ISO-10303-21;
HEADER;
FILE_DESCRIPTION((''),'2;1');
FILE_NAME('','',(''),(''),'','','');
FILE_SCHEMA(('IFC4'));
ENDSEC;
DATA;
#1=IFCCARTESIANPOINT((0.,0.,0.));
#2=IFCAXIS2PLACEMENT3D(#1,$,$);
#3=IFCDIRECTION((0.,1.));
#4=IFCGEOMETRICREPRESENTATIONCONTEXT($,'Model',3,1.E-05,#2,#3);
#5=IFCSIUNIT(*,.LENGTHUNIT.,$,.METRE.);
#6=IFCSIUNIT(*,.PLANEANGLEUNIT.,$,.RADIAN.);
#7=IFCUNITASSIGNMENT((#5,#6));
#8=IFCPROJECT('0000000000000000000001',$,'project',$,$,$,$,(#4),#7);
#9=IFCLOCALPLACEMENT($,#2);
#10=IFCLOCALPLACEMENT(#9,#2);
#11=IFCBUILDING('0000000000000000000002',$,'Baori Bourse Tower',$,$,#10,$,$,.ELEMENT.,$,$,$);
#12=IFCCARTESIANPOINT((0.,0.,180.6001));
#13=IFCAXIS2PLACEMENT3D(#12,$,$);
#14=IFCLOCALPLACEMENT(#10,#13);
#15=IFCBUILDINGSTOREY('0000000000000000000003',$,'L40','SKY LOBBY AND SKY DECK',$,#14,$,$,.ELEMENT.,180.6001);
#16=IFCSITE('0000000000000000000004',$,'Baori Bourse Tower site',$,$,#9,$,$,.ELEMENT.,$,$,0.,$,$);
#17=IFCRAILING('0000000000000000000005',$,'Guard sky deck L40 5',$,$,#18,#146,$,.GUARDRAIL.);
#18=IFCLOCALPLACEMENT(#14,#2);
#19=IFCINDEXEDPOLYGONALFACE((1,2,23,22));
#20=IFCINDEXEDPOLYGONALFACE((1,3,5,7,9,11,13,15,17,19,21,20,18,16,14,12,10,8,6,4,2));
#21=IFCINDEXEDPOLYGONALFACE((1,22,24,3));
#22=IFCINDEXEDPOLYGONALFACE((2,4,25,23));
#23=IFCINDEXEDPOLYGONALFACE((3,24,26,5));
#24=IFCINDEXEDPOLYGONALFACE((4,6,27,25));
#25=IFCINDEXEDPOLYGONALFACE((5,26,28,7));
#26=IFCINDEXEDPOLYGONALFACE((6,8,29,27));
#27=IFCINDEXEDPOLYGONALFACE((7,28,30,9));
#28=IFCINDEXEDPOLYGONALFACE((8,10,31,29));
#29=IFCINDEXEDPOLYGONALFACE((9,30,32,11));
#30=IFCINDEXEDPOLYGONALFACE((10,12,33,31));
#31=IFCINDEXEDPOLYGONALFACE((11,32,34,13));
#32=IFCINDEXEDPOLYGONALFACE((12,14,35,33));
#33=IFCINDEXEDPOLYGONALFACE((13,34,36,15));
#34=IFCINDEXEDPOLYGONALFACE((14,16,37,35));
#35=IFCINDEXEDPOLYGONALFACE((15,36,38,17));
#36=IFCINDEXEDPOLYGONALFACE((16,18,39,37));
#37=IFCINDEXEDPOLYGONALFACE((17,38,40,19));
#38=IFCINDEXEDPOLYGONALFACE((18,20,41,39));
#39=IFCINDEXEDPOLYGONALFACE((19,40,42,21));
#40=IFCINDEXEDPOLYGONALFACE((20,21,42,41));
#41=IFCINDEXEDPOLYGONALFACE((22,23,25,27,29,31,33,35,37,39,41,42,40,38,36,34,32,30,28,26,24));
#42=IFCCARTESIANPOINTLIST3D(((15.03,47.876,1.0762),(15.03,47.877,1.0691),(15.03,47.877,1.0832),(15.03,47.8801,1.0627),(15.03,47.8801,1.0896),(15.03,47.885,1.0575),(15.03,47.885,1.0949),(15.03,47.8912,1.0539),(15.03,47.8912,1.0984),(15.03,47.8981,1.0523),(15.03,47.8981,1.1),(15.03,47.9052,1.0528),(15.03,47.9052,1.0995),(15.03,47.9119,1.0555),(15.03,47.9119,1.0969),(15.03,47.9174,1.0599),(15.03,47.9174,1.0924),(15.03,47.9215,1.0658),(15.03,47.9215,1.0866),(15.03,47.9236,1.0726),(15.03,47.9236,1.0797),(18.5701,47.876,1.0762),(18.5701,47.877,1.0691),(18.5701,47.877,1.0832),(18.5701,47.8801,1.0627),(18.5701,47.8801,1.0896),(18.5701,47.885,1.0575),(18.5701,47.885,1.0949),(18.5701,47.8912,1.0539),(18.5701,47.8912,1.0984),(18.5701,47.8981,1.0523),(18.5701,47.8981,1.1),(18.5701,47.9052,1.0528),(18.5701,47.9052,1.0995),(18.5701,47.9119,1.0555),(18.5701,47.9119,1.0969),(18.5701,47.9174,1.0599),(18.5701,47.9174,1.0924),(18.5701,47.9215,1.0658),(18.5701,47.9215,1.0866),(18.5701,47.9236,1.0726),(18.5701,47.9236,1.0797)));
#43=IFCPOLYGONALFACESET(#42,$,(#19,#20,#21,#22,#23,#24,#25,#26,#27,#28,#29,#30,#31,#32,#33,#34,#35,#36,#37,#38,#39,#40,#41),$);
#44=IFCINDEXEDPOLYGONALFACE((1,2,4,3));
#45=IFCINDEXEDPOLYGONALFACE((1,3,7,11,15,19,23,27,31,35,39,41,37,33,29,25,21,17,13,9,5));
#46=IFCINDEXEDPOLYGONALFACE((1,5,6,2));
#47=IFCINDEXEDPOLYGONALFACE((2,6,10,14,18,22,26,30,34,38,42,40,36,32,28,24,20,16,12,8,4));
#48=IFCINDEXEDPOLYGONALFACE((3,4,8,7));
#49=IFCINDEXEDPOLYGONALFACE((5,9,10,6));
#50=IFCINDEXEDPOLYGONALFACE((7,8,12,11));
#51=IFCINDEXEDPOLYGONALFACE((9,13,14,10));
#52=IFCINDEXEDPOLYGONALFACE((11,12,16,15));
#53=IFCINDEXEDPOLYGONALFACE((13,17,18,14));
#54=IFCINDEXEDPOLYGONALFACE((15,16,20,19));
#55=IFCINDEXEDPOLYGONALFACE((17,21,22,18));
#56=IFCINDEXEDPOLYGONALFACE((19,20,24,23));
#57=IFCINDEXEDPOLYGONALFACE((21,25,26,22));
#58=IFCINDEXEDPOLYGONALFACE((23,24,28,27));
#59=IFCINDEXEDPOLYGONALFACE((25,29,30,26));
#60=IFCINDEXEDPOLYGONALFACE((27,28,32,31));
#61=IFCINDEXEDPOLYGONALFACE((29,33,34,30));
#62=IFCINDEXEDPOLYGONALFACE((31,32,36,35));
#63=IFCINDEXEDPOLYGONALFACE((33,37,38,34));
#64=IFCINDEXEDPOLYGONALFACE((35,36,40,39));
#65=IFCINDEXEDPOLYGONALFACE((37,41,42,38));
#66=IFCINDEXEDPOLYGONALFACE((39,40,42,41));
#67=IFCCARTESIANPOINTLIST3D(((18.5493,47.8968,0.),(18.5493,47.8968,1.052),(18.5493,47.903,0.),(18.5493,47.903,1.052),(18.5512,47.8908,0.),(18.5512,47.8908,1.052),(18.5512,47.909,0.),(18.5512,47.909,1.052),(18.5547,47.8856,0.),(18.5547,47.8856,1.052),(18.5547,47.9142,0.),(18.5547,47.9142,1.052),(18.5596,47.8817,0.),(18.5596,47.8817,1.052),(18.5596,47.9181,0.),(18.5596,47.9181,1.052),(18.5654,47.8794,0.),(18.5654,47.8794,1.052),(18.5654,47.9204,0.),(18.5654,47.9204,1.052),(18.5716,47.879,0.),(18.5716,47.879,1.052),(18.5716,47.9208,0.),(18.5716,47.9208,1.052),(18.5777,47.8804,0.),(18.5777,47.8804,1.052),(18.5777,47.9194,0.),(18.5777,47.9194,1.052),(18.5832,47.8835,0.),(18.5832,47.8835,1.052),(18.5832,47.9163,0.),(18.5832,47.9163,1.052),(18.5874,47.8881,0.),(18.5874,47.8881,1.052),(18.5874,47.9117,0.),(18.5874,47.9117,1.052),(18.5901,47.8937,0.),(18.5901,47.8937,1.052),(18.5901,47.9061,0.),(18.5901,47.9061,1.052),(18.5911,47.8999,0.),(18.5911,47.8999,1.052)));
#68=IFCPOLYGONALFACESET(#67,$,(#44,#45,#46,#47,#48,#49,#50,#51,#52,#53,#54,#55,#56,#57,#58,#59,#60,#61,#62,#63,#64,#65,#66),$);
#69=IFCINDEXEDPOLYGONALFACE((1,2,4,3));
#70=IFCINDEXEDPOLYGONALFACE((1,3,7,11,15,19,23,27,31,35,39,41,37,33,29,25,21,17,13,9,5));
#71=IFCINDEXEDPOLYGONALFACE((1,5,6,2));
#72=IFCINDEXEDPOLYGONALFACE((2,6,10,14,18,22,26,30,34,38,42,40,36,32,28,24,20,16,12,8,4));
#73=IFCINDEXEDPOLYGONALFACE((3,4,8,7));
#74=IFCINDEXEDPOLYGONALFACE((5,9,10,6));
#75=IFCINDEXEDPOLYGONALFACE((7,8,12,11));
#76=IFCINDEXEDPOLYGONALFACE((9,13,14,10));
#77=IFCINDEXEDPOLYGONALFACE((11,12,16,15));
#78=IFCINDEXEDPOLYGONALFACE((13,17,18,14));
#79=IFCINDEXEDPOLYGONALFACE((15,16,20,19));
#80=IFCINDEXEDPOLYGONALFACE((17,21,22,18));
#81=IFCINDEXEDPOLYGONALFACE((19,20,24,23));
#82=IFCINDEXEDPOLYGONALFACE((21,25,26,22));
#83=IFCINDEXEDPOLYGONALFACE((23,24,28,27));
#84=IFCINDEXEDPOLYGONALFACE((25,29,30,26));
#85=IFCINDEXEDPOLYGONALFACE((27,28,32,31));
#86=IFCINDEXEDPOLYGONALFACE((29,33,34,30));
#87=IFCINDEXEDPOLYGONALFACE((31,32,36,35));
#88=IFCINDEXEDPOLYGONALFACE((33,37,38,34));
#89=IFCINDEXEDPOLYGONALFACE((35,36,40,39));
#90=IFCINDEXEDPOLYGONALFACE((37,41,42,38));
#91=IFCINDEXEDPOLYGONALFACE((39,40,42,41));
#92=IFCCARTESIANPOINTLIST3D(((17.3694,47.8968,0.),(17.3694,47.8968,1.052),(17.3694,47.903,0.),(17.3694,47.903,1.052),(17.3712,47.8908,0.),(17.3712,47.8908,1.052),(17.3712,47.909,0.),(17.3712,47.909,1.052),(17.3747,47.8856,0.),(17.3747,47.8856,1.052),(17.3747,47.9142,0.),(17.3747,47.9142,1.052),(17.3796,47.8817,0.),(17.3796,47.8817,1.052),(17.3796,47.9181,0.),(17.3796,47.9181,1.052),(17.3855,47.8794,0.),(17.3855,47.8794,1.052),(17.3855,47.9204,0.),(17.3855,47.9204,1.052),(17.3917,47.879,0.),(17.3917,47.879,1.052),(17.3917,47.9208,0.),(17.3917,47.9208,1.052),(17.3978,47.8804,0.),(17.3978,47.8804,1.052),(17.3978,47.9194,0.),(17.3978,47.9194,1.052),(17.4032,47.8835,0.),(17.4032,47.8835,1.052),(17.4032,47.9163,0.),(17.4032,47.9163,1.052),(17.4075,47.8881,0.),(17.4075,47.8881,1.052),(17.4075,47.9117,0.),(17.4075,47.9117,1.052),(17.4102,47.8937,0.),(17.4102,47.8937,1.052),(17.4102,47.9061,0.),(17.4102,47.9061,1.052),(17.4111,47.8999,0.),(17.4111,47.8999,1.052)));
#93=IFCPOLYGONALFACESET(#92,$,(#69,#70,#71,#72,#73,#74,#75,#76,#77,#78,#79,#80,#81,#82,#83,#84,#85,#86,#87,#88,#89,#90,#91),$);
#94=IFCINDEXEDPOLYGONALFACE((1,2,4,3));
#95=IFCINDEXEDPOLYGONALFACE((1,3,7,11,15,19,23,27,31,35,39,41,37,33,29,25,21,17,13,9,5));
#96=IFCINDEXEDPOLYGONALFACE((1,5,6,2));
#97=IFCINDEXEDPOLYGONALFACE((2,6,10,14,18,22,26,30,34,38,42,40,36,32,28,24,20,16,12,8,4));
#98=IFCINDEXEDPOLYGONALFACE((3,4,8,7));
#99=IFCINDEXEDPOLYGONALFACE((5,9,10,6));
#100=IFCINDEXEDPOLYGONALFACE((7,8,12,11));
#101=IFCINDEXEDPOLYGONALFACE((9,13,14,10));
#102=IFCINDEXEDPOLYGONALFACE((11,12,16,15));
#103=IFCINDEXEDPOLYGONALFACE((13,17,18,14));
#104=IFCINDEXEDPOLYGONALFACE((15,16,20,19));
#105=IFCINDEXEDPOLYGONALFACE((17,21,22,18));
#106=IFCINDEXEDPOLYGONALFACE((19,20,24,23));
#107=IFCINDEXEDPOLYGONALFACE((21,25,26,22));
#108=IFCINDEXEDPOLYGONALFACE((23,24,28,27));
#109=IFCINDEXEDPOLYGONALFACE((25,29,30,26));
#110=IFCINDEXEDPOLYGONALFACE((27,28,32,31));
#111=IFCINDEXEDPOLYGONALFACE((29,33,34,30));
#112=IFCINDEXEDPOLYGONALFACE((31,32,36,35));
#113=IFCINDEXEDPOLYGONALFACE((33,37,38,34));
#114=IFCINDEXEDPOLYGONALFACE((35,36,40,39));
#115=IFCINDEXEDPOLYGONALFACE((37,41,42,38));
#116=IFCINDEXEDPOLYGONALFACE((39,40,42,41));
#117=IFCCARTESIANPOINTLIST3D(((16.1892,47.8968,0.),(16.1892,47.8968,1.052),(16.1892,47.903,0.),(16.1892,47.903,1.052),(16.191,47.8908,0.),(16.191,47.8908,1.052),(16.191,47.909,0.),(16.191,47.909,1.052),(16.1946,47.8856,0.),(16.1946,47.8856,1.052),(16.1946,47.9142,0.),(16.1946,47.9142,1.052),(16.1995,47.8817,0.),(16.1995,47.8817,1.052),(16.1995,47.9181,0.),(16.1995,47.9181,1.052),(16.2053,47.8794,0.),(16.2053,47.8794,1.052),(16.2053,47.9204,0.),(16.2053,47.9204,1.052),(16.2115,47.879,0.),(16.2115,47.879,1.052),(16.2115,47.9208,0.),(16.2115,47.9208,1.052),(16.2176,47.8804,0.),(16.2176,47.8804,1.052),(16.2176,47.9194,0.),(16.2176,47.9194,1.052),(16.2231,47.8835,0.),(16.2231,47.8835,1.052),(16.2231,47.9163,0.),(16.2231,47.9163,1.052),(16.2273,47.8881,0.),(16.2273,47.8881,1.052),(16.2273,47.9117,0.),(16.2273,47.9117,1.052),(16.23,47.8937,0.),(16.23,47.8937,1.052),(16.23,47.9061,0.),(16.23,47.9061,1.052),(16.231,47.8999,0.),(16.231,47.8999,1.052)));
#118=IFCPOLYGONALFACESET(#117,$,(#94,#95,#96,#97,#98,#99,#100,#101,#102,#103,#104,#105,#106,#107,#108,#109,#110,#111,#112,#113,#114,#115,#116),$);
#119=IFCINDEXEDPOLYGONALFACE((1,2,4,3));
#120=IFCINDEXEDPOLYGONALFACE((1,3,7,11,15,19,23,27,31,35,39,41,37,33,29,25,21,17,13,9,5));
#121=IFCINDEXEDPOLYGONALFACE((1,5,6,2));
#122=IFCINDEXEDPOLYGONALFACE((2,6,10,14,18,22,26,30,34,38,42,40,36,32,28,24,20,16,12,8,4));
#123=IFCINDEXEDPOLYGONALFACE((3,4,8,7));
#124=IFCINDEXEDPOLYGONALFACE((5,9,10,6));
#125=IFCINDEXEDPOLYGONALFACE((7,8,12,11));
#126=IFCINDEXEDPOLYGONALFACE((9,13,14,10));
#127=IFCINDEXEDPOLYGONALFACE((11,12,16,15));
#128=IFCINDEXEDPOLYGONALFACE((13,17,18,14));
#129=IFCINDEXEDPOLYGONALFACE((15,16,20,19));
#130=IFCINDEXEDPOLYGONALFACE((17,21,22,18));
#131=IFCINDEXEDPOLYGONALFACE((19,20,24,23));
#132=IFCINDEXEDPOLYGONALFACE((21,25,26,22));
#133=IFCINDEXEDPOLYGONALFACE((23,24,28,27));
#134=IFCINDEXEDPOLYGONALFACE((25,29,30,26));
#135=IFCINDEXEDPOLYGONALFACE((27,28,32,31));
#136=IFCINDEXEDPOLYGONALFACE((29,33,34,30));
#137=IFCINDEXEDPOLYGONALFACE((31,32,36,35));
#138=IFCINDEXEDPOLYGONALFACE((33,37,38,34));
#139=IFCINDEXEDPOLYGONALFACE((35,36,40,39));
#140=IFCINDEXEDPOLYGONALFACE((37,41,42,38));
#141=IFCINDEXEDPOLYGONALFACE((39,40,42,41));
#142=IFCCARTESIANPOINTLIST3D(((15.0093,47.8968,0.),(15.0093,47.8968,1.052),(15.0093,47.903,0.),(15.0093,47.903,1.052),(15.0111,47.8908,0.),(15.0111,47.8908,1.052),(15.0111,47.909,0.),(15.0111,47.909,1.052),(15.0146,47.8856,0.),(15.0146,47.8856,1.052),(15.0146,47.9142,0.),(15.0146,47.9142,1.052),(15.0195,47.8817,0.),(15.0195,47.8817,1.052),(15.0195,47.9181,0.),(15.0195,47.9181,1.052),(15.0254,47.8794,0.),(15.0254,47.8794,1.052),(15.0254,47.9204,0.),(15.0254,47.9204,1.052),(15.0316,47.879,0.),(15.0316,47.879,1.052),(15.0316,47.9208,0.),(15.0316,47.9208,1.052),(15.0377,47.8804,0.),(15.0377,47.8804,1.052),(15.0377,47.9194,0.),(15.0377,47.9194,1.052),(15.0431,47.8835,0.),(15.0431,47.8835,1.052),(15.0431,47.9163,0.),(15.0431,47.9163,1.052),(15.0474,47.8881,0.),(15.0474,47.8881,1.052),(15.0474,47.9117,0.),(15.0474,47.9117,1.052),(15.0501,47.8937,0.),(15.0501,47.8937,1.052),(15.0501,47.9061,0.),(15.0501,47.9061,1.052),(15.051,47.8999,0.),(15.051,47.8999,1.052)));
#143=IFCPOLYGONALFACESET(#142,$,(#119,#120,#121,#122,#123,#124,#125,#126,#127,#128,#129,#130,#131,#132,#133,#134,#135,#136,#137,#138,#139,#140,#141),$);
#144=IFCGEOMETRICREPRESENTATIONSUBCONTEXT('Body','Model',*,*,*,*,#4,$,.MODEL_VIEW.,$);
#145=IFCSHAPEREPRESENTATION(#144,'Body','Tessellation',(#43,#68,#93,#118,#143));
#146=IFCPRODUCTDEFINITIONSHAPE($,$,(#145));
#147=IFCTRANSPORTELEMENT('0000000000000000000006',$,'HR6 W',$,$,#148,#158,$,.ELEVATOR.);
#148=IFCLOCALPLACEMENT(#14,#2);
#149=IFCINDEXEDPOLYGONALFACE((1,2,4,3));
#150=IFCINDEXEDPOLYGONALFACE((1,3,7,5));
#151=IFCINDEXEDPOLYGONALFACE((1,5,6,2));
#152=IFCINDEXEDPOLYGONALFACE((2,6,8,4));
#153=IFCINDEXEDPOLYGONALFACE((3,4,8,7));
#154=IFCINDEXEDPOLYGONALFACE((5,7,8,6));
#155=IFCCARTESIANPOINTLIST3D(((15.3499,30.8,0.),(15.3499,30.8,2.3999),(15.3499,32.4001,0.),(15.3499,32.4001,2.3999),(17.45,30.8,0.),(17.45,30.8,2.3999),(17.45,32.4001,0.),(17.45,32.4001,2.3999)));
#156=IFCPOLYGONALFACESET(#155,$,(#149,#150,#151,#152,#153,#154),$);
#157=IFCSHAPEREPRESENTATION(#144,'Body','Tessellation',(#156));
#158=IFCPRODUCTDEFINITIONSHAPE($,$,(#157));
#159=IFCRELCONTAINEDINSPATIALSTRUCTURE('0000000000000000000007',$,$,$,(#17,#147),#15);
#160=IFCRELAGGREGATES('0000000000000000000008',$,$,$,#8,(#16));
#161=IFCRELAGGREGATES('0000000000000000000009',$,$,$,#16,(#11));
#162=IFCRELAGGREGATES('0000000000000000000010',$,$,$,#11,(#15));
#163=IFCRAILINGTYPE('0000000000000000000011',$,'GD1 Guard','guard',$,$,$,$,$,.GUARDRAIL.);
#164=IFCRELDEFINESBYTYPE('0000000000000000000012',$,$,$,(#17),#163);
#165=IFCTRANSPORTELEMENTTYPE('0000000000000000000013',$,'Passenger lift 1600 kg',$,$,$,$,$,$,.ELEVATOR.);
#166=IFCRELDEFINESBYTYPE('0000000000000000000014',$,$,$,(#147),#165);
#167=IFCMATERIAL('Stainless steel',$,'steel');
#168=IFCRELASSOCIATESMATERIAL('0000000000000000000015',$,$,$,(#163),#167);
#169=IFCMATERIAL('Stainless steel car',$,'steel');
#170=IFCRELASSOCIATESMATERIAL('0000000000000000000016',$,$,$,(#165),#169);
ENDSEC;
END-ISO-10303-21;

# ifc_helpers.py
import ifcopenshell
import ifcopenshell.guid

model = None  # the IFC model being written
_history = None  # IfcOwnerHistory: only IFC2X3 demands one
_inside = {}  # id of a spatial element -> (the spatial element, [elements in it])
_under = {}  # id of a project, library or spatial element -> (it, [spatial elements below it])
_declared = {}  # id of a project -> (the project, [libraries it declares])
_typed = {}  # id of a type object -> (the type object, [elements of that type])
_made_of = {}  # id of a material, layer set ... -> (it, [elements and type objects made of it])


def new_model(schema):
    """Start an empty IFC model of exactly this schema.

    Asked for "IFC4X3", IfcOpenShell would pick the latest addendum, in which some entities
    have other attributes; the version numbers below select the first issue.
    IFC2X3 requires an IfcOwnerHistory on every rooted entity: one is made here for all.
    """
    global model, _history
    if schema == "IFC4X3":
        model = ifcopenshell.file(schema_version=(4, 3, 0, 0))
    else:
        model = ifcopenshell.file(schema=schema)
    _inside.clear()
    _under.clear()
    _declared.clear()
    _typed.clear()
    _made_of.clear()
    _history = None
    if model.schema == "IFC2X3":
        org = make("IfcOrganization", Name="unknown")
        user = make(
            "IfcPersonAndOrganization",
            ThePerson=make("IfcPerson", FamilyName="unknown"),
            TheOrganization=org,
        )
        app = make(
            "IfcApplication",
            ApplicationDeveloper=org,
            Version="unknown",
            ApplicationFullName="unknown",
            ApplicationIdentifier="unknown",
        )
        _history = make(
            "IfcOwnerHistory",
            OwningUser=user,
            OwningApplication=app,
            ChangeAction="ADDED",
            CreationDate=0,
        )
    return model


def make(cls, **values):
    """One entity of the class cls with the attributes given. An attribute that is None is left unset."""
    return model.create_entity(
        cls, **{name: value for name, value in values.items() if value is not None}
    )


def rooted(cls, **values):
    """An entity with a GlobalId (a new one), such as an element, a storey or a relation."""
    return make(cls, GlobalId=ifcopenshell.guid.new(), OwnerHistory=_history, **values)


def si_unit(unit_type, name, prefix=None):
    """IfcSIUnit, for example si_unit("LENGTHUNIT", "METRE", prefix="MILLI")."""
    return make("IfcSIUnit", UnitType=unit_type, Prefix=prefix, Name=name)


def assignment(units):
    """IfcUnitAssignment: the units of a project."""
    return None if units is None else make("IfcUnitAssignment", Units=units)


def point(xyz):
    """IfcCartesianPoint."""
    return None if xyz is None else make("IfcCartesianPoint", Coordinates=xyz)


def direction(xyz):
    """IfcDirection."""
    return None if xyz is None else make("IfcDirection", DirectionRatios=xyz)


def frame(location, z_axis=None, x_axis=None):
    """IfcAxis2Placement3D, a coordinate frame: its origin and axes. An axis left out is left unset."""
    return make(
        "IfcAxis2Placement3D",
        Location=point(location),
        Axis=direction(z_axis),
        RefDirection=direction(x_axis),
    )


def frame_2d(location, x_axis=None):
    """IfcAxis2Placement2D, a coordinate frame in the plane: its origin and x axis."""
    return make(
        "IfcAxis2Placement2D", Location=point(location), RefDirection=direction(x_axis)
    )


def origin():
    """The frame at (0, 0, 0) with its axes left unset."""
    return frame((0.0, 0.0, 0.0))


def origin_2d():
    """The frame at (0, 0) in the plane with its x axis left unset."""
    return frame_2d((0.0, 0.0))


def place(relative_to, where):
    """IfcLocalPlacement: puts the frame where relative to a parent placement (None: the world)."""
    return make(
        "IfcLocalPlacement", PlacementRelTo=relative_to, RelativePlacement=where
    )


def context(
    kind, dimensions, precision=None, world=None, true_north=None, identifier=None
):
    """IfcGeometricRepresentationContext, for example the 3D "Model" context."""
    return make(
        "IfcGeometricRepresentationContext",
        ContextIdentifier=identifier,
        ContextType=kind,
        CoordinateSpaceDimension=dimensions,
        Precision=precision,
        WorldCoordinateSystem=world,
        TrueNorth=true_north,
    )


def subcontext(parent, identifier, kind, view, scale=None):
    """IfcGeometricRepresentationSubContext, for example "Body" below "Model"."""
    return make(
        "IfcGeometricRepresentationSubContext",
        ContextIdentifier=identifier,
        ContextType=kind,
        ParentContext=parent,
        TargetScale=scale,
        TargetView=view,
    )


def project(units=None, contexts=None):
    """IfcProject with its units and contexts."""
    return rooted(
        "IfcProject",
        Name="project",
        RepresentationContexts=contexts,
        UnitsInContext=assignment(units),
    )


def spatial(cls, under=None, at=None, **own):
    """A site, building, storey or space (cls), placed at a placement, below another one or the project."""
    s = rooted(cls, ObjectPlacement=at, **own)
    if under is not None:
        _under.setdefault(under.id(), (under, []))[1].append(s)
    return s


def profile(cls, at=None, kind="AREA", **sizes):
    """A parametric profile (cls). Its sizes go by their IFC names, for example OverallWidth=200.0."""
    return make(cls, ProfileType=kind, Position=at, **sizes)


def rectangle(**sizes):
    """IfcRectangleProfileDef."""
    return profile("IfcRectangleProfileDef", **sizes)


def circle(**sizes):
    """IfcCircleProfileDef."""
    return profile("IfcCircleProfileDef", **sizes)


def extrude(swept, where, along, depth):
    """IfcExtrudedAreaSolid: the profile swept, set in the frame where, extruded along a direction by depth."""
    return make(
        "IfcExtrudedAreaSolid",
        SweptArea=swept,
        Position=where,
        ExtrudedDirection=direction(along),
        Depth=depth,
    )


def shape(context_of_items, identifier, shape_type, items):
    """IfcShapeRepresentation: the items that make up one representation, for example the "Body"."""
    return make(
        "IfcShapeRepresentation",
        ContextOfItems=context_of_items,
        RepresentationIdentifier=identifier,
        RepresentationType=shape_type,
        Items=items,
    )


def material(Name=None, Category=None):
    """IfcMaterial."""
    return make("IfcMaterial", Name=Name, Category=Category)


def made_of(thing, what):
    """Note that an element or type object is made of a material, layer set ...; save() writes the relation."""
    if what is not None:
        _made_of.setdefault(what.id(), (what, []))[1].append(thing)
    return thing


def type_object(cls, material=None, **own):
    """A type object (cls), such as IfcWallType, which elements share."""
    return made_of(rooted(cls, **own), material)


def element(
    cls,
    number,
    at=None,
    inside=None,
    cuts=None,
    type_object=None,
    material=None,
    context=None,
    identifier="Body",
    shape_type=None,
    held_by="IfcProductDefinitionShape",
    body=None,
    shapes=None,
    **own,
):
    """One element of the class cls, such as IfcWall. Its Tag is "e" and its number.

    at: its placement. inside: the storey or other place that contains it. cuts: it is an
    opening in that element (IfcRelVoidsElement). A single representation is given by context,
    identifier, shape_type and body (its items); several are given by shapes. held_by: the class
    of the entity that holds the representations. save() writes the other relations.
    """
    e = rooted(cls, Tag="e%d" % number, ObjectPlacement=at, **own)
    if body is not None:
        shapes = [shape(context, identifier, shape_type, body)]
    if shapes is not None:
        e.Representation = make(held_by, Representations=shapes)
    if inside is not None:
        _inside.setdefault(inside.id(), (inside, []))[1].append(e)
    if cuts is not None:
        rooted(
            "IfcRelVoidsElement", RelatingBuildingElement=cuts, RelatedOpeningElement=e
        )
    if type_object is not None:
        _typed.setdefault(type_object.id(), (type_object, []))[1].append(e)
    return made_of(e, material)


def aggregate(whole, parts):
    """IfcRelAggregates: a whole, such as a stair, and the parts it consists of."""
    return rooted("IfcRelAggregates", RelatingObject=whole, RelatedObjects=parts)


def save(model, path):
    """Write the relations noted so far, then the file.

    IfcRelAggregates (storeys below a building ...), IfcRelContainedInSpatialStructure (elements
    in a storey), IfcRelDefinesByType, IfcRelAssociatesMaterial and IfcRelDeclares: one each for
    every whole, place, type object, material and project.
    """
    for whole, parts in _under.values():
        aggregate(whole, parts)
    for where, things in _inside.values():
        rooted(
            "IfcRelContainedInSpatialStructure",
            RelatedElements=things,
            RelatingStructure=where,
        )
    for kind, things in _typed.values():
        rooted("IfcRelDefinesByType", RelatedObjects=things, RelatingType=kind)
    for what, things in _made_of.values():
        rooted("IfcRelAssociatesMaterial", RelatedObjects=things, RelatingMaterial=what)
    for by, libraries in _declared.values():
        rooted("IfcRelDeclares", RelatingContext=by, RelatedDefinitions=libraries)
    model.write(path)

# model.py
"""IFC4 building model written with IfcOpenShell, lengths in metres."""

from ifc_helpers import new_model, si_unit, direction, frame, origin, origin_2d, place, context, subcontext, project, spatial, rectangle, circle, extrude, material, type_object, element, save


model = new_model("IFC4")

# Units and contexts
model_context = context("Model", 3, precision=1e-05, world=origin(), true_north=direction((0.0, 1.0)))
body_context = subcontext(model_context, "Body", "Model", "MODEL_VIEW")
ifc_project = project(units=[si_unit("LENGTHUNIT", "METRE"), si_unit("PLANEANGLEUNIT", "RADIAN")], contexts=[model_context])

# Site, building, storey
site_placement = place(None, origin())
site = spatial("IfcSite", under=ifc_project, at=site_placement, Name="Baori Bourse Tower site", CompositionType="ELEMENT", RefElevation=0.0)
building_placement = place(site_placement, origin())
building = spatial("IfcBuilding", under=site, at=building_placement, Name="Baori Bourse Tower", CompositionType="ELEMENT")
storey_placement = place(building_placement, frame((0.0, 0.0, 180.6001)))
storey = spatial("IfcBuildingStorey", under=building, at=storey_placement, Name="L40", Description="SKY LOBBY AND SKY DECK", CompositionType="ELEMENT", Elevation=180.6001)

# Railing
ifc_material_1 = material(Name="Stainless steel", Category="steel")
railing_type = type_object("IfcRailingType", Name="GD1 Guard", Description="guard", PredefinedType="GUARDRAIL", material=ifc_material_1)
railing_placement = place(storey_placement, frame((18.5701, 47.8999, 0.0)))
element("IfcRailing", 1, at=railing_placement, inside=storey, type_object=railing_type, Name="Guard sky deck L40 5", PredefinedType="GUARDRAIL", context=body_context, shape_type="SweptSolid", body=[
    extrude(circle(Radius=0.0239, at=origin_2d()), frame((0.0, 0.0, 1.0762), z_axis=(-1.0, 0.0, 0.0), x_axis=(0.0, -1.0, 0.0)), (0.0, 0.0, 1.0), 3.54),
    extrude(circle(Radius=0.021, at=origin_2d()), origin(), (0.0, 0.0, 1.0), 1.052),
    extrude(circle(Radius=0.021, at=origin_2d()), frame((-1.1799, 0.0, 0.0)), (0.0, 0.0, 1.0), 1.052),
    extrude(circle(Radius=0.021, at=origin_2d()), frame((-2.3601, 0.0, 0.0)), (0.0, 0.0, 1.0), 1.052),
    extrude(circle(Radius=0.021, at=origin_2d()), frame((-3.54, 0.0, 0.0)), (0.0, 0.0, 1.0), 1.052),
])

# Transport element
ifc_material_2 = material(Name="Stainless steel car", Category="steel")
transport_element_type = type_object("IfcTransportElementType", Name="Passenger lift 1600 kg", PredefinedType="ELEVATOR", material=ifc_material_2)
transport_element_placement = place(storey_placement, frame((16.3999, 31.6001, 0.0), z_axis=(0.0, 0.0, 1.0), x_axis=(1.0, 0.0, 0.0)))
element("IfcTransportElement", 2, at=transport_element_placement, inside=storey, type_object=transport_element_type, Name="HR6 W", PredefinedType="ELEVATOR", context=body_context, shape_type="SweptSolid", body=[
    extrude(rectangle(XDim=2.1001, YDim=1.6001, at=origin_2d()), origin(), (0.0, 0.0, 1.0), 2.3999),
])

save(model, "model.ifc")
